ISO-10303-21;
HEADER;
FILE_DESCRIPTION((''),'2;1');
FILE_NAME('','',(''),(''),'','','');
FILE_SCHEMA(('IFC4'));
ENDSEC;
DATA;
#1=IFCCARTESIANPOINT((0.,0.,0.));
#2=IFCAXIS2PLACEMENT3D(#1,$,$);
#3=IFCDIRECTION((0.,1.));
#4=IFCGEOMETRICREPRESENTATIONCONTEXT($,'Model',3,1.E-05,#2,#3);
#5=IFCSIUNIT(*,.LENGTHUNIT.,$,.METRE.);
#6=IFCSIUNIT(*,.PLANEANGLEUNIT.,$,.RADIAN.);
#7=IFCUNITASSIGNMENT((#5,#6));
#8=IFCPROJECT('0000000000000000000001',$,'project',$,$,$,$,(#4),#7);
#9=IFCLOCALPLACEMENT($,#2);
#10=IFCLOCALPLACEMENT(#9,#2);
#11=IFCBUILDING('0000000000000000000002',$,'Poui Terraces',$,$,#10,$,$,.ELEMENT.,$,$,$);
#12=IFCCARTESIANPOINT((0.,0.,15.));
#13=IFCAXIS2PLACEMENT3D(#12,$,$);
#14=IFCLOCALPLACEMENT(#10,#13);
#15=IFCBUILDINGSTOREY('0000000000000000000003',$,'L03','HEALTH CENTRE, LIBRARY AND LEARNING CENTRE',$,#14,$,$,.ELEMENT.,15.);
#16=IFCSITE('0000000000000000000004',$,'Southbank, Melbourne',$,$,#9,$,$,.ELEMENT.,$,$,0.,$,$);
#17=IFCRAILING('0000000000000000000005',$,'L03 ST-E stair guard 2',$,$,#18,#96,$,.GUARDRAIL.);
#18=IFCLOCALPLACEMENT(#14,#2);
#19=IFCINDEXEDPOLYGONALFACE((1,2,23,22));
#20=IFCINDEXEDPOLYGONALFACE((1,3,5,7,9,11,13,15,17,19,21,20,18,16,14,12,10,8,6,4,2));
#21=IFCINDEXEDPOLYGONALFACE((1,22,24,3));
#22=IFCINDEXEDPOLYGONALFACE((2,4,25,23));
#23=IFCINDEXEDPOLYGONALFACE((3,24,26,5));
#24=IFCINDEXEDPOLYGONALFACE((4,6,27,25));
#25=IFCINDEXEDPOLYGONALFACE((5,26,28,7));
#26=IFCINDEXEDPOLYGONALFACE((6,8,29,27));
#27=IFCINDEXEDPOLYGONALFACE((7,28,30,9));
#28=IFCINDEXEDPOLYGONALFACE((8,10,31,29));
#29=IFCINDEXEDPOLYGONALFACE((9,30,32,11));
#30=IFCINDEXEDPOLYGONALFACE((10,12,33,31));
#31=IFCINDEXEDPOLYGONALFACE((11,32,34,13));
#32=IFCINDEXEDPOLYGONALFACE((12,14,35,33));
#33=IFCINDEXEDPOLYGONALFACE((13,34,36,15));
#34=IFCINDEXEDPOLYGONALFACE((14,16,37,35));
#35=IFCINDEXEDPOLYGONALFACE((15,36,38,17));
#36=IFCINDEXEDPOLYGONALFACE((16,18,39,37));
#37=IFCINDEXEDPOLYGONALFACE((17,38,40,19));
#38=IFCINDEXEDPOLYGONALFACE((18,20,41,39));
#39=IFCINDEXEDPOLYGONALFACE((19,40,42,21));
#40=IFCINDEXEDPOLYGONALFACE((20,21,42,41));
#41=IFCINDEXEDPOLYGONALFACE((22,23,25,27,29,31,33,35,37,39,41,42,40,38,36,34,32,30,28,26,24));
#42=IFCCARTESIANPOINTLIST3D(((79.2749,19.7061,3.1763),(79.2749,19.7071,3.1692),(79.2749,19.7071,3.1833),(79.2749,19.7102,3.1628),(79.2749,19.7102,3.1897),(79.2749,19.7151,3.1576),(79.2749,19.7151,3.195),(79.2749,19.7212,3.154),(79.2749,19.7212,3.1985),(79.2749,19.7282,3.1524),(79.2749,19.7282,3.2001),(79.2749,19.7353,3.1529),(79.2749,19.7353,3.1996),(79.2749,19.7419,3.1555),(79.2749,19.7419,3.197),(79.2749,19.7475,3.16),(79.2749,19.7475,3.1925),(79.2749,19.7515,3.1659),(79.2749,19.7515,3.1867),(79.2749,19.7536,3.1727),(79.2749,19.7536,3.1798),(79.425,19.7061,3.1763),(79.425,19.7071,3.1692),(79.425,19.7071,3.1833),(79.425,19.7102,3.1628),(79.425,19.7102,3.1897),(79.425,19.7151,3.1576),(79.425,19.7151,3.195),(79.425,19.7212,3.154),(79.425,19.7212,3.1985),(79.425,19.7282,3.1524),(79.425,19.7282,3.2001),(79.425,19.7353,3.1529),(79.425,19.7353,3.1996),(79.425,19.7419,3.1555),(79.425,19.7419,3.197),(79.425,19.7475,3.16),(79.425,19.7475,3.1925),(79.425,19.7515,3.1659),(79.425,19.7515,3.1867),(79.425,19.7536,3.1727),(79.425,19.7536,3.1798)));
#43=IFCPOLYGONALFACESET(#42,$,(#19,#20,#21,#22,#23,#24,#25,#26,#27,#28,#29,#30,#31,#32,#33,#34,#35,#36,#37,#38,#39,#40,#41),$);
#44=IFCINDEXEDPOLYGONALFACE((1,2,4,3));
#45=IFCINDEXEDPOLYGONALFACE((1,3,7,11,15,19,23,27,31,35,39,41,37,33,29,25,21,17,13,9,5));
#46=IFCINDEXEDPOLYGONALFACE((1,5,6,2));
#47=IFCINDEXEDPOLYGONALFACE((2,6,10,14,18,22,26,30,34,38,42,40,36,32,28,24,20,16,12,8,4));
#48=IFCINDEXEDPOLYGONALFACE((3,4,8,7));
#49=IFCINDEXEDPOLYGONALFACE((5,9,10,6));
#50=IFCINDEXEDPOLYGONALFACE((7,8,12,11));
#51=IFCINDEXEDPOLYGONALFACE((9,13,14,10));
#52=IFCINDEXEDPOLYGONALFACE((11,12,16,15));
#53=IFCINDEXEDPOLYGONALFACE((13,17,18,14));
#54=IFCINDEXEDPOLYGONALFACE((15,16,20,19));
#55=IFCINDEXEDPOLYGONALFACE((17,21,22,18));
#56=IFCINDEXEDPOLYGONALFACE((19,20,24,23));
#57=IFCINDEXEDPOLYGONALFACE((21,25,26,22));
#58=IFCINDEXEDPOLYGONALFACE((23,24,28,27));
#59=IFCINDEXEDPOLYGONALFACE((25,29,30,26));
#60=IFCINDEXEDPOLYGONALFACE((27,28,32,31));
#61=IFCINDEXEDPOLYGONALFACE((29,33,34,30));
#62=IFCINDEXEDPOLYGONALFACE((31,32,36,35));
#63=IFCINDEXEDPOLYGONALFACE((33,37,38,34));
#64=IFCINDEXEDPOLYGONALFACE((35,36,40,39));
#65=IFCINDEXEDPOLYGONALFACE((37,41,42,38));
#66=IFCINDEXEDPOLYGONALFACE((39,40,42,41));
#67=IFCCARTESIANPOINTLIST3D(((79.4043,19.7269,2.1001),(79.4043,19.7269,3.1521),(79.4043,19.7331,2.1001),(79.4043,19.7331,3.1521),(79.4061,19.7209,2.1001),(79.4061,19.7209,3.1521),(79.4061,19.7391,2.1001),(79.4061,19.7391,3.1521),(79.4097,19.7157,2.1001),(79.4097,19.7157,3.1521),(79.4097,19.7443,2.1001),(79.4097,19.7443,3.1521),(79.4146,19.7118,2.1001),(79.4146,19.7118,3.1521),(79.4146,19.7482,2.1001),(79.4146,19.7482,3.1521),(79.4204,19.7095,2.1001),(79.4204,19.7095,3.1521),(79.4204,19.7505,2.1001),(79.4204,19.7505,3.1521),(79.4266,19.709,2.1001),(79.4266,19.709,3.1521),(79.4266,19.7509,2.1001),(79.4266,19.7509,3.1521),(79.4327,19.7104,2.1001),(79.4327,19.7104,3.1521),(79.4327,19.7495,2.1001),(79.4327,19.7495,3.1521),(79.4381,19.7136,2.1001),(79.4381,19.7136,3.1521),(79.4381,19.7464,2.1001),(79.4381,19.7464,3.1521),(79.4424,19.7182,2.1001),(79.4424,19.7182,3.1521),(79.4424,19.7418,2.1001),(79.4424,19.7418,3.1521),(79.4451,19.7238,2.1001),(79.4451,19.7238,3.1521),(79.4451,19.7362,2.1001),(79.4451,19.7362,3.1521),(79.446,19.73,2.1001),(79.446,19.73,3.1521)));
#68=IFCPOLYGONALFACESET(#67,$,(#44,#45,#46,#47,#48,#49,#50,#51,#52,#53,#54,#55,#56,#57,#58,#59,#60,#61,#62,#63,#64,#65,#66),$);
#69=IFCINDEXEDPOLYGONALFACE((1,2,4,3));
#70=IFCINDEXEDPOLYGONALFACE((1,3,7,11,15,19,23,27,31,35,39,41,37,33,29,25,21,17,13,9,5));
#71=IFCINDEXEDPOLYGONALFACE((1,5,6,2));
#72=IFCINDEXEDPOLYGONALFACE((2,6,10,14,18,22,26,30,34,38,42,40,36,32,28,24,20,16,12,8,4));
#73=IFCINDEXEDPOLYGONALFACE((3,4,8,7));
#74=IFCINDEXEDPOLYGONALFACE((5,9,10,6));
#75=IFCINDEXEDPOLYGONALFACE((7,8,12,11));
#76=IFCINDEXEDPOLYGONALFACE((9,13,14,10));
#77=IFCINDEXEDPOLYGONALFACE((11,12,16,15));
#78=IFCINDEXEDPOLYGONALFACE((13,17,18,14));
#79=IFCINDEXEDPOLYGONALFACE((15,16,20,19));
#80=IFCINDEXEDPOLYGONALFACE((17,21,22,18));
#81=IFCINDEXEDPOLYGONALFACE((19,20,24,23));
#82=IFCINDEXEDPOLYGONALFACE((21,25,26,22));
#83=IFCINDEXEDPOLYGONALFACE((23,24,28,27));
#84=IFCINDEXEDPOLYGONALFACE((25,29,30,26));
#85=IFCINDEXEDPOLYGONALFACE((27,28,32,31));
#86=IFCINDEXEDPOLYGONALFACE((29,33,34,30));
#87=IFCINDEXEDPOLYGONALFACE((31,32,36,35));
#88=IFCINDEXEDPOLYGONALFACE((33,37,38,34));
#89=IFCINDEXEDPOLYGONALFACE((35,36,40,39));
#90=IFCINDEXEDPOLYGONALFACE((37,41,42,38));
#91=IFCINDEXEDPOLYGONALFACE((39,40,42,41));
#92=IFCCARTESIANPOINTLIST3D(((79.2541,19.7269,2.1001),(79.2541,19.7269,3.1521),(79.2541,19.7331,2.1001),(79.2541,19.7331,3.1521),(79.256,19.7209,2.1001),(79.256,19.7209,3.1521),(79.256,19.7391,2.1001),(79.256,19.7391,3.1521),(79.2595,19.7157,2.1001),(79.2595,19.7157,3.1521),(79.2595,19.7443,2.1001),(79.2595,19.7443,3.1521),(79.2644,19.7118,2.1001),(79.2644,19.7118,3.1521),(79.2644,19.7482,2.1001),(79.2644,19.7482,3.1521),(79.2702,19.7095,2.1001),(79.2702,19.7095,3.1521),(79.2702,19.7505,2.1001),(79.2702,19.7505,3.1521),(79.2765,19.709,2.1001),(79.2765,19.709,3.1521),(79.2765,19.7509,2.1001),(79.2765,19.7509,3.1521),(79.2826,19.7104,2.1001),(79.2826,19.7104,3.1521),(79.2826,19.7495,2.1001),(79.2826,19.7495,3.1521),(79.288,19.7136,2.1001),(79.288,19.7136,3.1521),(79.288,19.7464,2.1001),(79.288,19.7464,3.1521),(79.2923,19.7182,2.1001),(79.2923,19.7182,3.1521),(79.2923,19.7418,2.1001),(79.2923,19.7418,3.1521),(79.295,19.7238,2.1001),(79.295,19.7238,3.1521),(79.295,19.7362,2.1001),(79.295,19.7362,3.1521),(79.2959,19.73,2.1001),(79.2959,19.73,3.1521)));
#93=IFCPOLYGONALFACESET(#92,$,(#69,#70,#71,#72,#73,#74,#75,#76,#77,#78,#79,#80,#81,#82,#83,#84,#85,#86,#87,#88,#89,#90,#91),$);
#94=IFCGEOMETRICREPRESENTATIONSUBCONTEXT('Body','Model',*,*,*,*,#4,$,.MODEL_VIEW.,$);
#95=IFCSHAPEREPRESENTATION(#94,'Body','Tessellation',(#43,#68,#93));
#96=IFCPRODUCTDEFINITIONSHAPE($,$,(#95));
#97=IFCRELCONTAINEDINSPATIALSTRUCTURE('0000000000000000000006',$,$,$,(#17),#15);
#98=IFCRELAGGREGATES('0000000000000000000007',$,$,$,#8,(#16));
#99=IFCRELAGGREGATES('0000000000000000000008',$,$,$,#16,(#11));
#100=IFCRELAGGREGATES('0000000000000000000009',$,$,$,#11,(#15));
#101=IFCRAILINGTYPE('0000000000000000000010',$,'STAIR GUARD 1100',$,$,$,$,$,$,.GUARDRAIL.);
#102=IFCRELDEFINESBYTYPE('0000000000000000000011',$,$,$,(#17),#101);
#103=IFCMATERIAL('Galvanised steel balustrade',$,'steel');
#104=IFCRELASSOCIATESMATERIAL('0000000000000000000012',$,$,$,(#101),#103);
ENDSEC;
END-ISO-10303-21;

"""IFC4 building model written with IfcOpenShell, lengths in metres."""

from ifc_helpers import new_model, si_unit, direction, frame, origin, origin_2d, place, context, subcontext, project, spatial, circle, extrude, material, type_object, element, save


model = new_model("IFC4")

# Units and contexts
model_context = context("Model", 3, precision=1e-05, world=origin(), true_north=direction((0.0, 1.0)))
body_context = subcontext(model_context, "Body", "Model", "MODEL_VIEW")
ifc_project = project(units=[si_unit("LENGTHUNIT", "METRE"), si_unit("PLANEANGLEUNIT", "RADIAN")], contexts=[model_context])

# Site, building, storey
site_placement = place(None, origin())
site = spatial("IfcSite", under=ifc_project, at=site_placement, Name="Southbank, Melbourne", CompositionType="ELEMENT", RefElevation=0.0)
building_placement = place(site_placement, origin())
building = spatial("IfcBuilding", under=site, at=building_placement, Name="Poui Terraces", CompositionType="ELEMENT")
storey_placement = place(building_placement, frame((0.0, 0.0, 15.0)))
storey = spatial("IfcBuildingStorey", under=building, at=storey_placement, Name="L03", Description="HEALTH CENTRE, LIBRARY AND LEARNING CENTRE", CompositionType="ELEMENT", Elevation=15.0)

# Railing
ifc_material_1 = material(Name="Galvanised steel balustrade", Category="steel")
railing_type_1 = type_object("IfcRailingType", Name="STAIR GUARD 1100", PredefinedType="GUARDRAIL", material=ifc_material_1)
railing_1_placement = place(storey_placement, frame((79.425, 19.73, 2.1001)))
element("IfcRailing", 1, at=railing_1_placement, inside=storey, type_object=railing_type_1, Name="L03 ST-E stair guard 2", PredefinedType="GUARDRAIL", context=body_context, shape_type="SweptSolid", body=[
    extrude(circle(Radius=0.0239, at=origin_2d()), frame((0.0, 0.0, 1.0762), z_axis=(-1.0, 0.0, 0.0), x_axis=(0.0, -1.0, 0.0)), (0.0, 0.0, 1.0), 0.1501),
    extrude(circle(Radius=0.021, at=origin_2d()), origin(), (0.0, 0.0, 1.0), 1.052),
    extrude(circle(Radius=0.021, at=origin_2d()), frame((-0.1501, 0.0, 0.0)), (0.0, 0.0, 1.0), 1.052),
])

save(model, "model.ifc")
